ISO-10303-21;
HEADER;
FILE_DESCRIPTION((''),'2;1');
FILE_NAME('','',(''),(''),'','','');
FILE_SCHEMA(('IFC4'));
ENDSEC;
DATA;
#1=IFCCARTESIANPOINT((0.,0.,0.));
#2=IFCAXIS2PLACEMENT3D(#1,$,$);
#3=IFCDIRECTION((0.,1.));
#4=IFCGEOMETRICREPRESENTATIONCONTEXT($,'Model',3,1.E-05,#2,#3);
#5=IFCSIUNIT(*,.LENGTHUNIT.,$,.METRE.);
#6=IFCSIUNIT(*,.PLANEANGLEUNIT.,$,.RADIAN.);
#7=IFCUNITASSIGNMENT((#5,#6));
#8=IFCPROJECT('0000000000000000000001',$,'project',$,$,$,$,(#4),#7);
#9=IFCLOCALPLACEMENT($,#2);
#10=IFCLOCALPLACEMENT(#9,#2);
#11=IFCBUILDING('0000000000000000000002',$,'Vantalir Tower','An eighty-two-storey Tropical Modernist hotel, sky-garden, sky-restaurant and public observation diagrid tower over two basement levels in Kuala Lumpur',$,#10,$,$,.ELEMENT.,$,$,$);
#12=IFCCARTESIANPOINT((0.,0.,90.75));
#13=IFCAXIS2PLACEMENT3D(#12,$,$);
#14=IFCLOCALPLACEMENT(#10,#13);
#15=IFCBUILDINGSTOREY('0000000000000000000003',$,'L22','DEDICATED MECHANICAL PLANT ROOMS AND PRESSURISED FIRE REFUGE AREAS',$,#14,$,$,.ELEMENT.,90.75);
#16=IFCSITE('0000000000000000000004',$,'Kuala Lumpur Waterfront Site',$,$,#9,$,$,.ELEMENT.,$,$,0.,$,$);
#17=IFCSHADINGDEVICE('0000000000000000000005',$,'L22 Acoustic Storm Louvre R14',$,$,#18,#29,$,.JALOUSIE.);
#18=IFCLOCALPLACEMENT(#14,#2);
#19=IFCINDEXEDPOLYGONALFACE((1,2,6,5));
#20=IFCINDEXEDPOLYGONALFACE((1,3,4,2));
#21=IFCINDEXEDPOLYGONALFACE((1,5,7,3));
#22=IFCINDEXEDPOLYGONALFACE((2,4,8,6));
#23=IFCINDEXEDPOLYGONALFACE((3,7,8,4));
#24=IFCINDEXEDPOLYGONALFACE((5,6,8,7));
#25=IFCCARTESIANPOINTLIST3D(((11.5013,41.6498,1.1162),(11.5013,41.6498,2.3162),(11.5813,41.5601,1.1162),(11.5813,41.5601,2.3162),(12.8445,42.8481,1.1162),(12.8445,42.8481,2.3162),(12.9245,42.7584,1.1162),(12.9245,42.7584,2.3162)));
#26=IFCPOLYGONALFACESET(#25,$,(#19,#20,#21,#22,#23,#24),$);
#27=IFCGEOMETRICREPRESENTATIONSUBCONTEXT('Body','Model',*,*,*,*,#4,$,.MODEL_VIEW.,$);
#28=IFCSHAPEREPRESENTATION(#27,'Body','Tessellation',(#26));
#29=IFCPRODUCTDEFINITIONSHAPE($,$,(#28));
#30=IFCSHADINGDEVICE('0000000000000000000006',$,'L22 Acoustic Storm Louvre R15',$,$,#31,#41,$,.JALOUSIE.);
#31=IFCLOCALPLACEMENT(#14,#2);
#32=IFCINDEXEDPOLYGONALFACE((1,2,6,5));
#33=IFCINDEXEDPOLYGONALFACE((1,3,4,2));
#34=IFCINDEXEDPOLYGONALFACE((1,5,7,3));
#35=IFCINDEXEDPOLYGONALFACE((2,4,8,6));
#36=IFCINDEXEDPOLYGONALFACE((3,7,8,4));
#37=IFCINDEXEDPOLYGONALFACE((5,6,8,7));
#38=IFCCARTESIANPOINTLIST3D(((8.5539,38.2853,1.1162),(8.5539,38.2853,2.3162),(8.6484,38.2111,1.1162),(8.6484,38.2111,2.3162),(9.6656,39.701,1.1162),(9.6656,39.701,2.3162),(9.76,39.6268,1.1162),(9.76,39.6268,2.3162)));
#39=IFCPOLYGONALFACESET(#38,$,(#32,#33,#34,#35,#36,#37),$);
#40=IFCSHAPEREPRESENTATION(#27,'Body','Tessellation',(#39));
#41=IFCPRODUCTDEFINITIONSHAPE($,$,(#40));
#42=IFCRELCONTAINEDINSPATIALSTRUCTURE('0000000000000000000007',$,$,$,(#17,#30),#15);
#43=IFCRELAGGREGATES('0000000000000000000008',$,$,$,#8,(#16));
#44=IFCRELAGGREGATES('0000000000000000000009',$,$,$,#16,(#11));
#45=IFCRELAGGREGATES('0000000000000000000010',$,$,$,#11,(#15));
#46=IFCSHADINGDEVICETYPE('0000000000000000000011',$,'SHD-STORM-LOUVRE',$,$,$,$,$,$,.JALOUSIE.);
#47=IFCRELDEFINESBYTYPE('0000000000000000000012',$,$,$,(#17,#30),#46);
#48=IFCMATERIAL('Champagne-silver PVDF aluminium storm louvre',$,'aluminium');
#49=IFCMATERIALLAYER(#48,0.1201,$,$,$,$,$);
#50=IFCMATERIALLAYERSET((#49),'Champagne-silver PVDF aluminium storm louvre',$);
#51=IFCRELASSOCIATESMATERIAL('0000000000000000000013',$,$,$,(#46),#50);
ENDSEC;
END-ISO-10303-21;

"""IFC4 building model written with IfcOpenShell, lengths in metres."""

from ifc_helpers import new_model, si_unit, direction, frame, origin, origin_2d, place, context, subcontext, project, spatial, rectangle, extrude, material, layer, layer_set, type_object, element, save


model = new_model("IFC4")

# Units and contexts
model_context = context("Model", 3, precision=1e-05, world=origin(), true_north=direction((0.0, 1.0)))
body_context = subcontext(model_context, "Body", "Model", "MODEL_VIEW")
ifc_project = project(units=[si_unit("LENGTHUNIT", "METRE"), si_unit("PLANEANGLEUNIT", "RADIAN")], contexts=[model_context])

# Site, building, storey
site_placement = place(None, origin())
site = spatial("IfcSite", under=ifc_project, at=site_placement, Name="Kuala Lumpur Waterfront Site", CompositionType="ELEMENT", RefElevation=0.0)
building_placement = place(site_placement, origin())
building = spatial("IfcBuilding", under=site, at=building_placement, Name="Vantalir Tower", Description="An eighty-two-storey Tropical Modernist hotel, sky-garden, sky-restaurant and public observation diagrid tower over two basement levels in Kuala Lumpur", CompositionType="ELEMENT")
storey_placement = place(building_placement, frame((0.0, 0.0, 90.75)))
storey = spatial("IfcBuildingStorey", under=building, at=storey_placement, Name="L22", Description="DEDICATED MECHANICAL PLANT ROOMS AND PRESSURISED FIRE REFUGE AREAS", CompositionType="ELEMENT", Elevation=90.75)

# Shading devices
ifc_material_1 = material(Name="Champagne-silver PVDF aluminium storm louvre", Category="aluminium")
ifc_layer_1 = layer(ifc_material_1, 0.1201)
ifc_layer_set_1 = layer_set([ifc_layer_1], Name="Champagne-silver PVDF aluminium storm louvre")
shading_device_type = type_object("IfcShadingDeviceType", Name="SHD-STORM-LOUVRE", PredefinedType="JALOUSIE", material=ifc_layer_set_1)
for number, where, z_axis, x_axis, name in (
    (1, (12.2129, 42.2041, 1.1162), (0.0, 0.0, 1.0), (-0.746208, -0.665712, 0.0), "L22 Acoustic Storm Louvre R14"),
    (2, (9.157, 38.9561, 1.1162), (0.0, 0.0, 1.0), (-0.617571, -0.786515, 0.0), "L22 Acoustic Storm Louvre R15"),
):
    element("IfcShadingDevice", number, at=place(storey_placement, frame(where, z_axis=z_axis, x_axis=x_axis)), inside=storey, type_object=shading_device_type, Name=name, PredefinedType="JALOUSIE", context=body_context, shape_type="SweptSolid", body=[
        extrude(rectangle(XDim=1.8, YDim=0.1201, at=origin_2d()), origin(), (0.0, 0.0, 1.0), 1.2),
    ])

save(model, "model.ifc")
